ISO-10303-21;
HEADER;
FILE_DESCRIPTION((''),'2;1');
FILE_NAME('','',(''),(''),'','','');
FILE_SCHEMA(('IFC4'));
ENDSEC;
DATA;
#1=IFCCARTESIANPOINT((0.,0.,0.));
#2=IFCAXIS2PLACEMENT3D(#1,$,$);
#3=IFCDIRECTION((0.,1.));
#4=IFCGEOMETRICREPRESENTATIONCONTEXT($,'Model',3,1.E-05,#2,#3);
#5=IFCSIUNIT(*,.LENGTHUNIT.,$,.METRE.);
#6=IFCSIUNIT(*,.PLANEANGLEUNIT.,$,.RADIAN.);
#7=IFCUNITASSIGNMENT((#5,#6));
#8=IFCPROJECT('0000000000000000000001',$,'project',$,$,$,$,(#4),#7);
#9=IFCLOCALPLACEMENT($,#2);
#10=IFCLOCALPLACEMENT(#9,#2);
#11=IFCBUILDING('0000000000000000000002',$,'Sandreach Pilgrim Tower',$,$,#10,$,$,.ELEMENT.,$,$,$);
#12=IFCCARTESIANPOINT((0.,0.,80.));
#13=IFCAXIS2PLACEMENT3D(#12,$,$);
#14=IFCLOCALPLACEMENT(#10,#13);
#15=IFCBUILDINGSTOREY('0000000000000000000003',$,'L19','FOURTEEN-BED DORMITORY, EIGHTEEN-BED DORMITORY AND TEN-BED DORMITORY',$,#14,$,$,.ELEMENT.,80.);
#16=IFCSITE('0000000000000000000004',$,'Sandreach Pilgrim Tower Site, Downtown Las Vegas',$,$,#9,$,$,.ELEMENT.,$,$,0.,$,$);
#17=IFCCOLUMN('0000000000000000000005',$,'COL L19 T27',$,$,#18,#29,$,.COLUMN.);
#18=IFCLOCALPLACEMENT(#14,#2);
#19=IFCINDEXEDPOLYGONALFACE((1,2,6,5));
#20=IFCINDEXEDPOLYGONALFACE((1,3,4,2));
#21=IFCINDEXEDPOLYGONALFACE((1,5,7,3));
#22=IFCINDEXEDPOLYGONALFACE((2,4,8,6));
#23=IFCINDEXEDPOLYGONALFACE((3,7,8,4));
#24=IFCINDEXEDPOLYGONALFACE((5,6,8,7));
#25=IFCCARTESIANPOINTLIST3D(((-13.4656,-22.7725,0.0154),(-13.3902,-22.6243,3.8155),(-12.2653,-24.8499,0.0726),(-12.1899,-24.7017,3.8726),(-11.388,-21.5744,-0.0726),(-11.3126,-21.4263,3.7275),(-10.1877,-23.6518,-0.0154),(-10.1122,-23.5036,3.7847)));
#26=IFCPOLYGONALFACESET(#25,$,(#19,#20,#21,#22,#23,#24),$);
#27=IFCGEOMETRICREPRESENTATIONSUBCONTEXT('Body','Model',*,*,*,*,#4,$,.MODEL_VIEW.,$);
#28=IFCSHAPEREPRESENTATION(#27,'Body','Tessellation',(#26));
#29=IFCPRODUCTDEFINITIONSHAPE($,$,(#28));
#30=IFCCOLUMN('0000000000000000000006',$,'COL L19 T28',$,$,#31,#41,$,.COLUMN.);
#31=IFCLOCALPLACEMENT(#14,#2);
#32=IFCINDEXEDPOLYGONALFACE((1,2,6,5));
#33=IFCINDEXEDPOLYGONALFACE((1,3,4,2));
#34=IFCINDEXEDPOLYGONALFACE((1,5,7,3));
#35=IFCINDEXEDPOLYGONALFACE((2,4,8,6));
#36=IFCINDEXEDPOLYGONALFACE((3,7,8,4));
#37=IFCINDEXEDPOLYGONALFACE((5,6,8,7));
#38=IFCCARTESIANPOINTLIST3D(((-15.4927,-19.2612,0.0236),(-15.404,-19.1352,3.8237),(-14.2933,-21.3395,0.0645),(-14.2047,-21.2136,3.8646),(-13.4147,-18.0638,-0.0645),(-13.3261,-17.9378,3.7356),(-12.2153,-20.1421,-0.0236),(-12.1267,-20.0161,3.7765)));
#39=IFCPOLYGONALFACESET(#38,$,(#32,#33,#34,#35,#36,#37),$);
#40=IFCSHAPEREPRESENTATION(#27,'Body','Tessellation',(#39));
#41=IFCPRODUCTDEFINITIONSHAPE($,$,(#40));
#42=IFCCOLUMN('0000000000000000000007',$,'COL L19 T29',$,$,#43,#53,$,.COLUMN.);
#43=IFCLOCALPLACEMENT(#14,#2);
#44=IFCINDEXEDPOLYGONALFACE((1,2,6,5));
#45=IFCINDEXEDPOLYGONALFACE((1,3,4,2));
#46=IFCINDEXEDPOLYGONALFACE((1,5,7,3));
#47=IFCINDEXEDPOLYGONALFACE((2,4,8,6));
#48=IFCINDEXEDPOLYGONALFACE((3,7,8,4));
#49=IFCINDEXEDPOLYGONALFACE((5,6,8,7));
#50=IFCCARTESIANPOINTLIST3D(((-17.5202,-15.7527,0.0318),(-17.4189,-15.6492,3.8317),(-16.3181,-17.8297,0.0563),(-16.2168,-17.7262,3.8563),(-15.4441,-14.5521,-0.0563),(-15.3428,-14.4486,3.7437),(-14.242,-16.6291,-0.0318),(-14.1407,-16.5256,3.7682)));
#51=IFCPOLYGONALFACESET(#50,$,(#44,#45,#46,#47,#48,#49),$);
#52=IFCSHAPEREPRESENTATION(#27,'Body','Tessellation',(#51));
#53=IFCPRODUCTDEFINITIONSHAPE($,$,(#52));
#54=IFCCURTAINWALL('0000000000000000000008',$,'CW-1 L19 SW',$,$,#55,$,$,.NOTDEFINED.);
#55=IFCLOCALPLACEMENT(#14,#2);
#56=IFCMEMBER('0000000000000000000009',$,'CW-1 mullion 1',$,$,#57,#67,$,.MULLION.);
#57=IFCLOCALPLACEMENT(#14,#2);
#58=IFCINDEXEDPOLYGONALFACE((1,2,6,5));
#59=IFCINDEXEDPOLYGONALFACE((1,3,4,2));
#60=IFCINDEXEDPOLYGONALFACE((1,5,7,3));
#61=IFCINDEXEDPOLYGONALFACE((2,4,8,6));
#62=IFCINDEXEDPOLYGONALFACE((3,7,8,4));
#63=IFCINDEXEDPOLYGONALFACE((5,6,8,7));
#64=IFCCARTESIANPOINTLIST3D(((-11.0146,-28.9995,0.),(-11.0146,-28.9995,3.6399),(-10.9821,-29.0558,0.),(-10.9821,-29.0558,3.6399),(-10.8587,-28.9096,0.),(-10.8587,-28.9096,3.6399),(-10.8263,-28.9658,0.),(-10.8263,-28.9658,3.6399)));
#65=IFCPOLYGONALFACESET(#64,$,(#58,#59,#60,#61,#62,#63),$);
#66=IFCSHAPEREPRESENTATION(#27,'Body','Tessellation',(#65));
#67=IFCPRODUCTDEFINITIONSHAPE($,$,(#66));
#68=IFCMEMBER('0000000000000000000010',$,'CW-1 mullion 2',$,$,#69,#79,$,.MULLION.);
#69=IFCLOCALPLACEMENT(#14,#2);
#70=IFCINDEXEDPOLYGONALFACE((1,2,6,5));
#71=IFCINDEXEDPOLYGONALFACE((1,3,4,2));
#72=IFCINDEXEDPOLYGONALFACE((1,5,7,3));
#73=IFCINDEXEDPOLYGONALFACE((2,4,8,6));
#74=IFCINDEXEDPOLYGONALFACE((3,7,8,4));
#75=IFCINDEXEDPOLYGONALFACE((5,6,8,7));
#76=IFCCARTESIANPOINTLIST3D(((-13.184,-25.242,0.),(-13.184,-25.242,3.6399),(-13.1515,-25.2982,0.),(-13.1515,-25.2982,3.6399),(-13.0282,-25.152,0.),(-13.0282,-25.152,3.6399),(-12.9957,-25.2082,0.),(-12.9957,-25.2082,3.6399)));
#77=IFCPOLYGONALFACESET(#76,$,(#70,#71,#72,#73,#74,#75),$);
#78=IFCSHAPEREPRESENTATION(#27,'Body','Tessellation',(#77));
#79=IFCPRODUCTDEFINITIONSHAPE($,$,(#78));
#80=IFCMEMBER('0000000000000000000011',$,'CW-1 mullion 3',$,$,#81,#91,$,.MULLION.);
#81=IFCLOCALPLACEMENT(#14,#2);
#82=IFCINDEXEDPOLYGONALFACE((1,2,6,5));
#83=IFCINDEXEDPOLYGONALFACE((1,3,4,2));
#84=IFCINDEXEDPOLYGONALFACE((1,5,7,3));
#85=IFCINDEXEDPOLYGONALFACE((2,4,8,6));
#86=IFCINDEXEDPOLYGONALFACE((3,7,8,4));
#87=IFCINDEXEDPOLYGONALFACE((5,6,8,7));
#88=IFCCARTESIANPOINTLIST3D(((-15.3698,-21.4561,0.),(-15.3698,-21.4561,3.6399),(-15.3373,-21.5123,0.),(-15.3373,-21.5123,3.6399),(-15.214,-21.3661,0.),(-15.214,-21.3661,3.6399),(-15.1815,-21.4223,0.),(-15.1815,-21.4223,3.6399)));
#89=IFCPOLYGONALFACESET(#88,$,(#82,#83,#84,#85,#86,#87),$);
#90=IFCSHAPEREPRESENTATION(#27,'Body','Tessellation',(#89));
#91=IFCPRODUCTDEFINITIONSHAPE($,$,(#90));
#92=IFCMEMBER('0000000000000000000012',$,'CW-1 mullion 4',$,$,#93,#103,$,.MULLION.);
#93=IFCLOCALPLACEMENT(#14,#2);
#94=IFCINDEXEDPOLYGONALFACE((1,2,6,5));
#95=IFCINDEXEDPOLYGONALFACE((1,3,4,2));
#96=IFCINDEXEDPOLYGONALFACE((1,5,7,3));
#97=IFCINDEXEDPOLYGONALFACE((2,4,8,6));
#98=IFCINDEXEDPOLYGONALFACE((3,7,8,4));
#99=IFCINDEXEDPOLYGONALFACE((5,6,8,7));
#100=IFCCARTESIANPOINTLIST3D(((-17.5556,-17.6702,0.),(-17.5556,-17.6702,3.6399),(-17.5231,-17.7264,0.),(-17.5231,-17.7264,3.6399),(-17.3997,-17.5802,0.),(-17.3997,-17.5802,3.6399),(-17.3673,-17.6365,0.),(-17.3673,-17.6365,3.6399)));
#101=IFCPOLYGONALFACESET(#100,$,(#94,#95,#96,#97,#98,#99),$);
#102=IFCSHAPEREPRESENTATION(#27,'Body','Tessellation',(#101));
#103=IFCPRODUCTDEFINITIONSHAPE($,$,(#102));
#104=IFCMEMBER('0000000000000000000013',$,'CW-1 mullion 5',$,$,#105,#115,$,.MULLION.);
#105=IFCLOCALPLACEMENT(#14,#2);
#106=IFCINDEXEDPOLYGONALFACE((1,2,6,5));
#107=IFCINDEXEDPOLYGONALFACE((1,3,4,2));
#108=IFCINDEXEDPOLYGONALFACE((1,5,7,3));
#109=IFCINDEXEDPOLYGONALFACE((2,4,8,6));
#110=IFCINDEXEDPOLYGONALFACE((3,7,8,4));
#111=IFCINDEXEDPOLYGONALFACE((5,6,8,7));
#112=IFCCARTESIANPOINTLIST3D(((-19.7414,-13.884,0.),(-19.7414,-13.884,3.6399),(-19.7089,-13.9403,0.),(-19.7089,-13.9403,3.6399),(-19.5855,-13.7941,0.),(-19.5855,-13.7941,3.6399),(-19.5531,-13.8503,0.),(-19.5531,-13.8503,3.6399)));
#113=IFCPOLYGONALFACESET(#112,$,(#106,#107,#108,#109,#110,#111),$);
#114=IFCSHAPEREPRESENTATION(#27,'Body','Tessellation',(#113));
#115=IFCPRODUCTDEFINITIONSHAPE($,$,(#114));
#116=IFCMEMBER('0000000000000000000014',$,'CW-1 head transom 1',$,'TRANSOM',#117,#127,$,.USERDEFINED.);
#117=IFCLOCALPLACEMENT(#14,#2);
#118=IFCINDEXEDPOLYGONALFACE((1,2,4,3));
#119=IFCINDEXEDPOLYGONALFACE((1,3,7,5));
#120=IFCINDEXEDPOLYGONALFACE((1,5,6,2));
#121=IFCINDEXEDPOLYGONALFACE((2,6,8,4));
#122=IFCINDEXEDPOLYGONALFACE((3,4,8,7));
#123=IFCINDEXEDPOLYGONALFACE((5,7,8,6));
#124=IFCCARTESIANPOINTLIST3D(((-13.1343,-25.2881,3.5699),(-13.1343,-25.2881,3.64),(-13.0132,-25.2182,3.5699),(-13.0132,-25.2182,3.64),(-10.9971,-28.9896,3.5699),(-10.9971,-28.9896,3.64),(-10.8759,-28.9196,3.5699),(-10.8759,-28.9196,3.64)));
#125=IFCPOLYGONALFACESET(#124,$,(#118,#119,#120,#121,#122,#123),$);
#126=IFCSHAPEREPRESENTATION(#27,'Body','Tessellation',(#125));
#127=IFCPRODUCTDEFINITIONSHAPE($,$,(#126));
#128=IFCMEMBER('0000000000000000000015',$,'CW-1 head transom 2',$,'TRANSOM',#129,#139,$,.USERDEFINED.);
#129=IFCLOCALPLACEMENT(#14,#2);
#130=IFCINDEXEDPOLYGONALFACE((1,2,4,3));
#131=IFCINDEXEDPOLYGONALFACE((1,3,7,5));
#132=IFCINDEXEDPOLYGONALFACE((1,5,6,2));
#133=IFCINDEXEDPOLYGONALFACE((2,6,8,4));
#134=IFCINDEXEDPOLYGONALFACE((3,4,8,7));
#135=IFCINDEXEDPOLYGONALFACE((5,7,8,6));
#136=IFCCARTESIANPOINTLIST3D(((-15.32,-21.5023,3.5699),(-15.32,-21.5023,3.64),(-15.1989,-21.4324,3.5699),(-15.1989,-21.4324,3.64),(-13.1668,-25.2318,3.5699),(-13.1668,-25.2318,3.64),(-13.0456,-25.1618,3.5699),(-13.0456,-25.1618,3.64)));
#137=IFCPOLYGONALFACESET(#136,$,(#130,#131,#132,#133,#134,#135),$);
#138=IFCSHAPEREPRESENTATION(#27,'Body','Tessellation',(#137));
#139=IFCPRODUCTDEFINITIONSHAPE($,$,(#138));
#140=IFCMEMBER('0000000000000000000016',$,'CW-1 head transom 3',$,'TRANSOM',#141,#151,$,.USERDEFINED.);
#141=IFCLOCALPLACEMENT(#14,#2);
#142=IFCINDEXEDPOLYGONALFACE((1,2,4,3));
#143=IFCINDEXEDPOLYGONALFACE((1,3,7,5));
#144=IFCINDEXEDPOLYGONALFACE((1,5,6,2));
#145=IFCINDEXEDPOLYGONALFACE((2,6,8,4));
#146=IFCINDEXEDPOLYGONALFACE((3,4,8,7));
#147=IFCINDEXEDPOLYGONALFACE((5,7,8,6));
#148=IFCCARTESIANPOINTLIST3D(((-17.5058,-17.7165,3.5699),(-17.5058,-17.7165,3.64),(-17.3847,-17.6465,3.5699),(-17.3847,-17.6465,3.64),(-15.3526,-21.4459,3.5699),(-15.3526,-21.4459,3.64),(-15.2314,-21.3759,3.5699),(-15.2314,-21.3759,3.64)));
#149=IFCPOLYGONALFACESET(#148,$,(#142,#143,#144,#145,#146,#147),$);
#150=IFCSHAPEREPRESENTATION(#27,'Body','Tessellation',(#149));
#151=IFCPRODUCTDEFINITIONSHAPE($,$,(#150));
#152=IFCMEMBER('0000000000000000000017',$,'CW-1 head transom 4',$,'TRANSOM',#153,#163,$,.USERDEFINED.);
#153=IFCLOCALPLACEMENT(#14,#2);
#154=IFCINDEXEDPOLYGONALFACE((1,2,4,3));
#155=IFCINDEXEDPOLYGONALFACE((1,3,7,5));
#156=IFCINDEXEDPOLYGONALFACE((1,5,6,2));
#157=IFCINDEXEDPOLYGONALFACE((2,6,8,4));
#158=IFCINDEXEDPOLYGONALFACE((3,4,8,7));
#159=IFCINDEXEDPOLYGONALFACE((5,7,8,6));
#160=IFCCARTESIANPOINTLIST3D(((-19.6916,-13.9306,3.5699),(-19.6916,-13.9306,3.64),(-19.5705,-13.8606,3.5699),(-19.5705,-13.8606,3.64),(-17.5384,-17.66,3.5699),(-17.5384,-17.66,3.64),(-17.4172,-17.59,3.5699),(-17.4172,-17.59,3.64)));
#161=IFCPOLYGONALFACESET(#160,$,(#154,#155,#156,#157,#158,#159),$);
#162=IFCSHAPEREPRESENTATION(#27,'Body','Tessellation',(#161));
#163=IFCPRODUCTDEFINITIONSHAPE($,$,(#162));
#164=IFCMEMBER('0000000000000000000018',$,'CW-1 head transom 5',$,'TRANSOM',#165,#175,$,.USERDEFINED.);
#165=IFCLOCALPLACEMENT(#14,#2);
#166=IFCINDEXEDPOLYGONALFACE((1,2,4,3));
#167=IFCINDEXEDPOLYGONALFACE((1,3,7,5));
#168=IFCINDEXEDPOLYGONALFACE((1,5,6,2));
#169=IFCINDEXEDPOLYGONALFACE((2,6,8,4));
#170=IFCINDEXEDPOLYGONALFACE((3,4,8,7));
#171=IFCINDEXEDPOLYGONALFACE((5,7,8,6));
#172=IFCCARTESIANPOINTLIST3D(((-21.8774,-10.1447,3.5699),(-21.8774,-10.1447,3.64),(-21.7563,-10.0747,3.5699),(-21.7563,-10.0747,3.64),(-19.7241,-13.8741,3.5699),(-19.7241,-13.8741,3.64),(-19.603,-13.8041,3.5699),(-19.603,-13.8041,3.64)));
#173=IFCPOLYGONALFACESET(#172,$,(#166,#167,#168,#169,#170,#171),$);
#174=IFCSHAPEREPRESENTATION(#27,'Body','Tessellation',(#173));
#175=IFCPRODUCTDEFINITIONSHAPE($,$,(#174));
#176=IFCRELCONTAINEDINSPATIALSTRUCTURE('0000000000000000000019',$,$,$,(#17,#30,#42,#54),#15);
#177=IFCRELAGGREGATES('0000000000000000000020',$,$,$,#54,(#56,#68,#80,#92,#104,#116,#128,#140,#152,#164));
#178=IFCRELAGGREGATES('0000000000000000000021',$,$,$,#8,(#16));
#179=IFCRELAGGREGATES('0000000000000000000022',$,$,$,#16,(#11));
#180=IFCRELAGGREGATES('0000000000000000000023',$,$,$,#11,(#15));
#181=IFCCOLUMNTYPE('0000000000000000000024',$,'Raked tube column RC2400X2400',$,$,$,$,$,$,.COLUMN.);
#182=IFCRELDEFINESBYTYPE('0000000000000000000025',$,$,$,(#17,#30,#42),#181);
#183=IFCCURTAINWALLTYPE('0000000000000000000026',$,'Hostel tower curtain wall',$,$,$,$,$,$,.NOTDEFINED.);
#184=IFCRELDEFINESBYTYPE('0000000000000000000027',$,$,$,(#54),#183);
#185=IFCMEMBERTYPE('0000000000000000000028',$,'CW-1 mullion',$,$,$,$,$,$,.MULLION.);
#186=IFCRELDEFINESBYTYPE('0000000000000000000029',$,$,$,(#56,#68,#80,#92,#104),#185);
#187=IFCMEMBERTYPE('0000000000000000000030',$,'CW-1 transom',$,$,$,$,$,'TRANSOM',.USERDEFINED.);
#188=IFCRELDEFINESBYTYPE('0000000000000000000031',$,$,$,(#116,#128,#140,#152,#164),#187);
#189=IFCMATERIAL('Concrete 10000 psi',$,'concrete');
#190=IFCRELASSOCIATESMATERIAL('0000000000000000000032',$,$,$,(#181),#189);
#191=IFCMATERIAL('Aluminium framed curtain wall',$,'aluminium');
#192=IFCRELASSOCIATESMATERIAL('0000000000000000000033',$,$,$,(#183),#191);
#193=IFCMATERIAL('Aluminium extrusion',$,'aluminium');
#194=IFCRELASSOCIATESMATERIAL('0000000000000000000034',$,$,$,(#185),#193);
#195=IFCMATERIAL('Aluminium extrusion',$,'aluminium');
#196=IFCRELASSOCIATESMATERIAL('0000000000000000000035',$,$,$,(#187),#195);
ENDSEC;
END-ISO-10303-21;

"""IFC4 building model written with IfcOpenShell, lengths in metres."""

from ifc_helpers import new_model, si_unit, direction, frame, origin, origin_2d, place, context, subcontext, project, spatial, rectangle, extrude, material, material_profile, profile_set, type_object, element, aggregate, save


model = new_model("IFC4")

# Units and contexts
model_context = context("Model", 3, precision=1e-05, world=origin(), true_north=direction((0.0, 1.0)))
body_context = subcontext(model_context, "Body", "Model", "MODEL_VIEW")
ifc_project = project(units=[si_unit("LENGTHUNIT", "METRE"), si_unit("PLANEANGLEUNIT", "RADIAN")], contexts=[model_context])

# Site, building, storey
site_placement = place(None, origin())
site = spatial("IfcSite", under=ifc_project, at=site_placement, Name="Sandreach Pilgrim Tower Site, Downtown Las Vegas", CompositionType="ELEMENT", RefElevation=0.0)
building_placement = place(site_placement, origin())
building = spatial("IfcBuilding", under=site, at=building_placement, Name="Sandreach Pilgrim Tower", CompositionType="ELEMENT")
storey_placement = place(building_placement, frame((0.0, 0.0, 80.0)))
storey = spatial("IfcBuildingStorey", under=building, at=storey_placement, Name="L19", Description="FOURTEEN-BED DORMITORY, EIGHTEEN-BED DORMITORY AND TEN-BED DORMITORY", CompositionType="ELEMENT", Elevation=80.0)

# Columns
ifc_material_1 = material(Name="Concrete 10000 psi", Category="concrete")
ifc_material_profile_1 = material_profile(ifc_material_1, rectangle(XDim=2.3999, YDim=2.3999, at=origin_2d()), Name="RC2400X2400")
ifc_profile_set_1 = profile_set([ifc_material_profile_1], Name="Concrete 10000 psi")
column_type = type_object("IfcColumnType", Name="Raked tube column RC2400X2400", PredefinedType="COLUMN", material=ifc_profile_set_1)
column_1_placement = place(storey_placement, frame((-11.8267, -23.2122, 0.0), z_axis=(0.019833, 0.03896, 0.999044), x_axis=(-0.865704, -0.499212, 0.036654)))
element("IfcColumn", 1, at=column_1_placement, inside=storey, type_object=column_type, Name="COL L19 T27", PredefinedType="COLUMN", context=body_context, shape_type="SweptSolid", body=[
    extrude(rectangle(XDim=2.3999, YDim=2.3999, at=origin_2d()), origin(), (0.0, 0.0, 1.0), 3.8037),
])
column_2_placement = place(storey_placement, frame((-13.854, -19.7017, 0.0), z_axis=(0.023302, 0.033124, 0.99918), x_axis=(-0.865854, -0.498947, 0.036734)))
element("IfcColumn", 2, at=column_2_placement, inside=storey, type_object=column_type, Name="COL L19 T28", PredefinedType="COLUMN", context=body_context, shape_type="SweptSolid", body=[
    extrude(rectangle(XDim=2.3999, YDim=2.3999, at=origin_2d()), origin(), (0.0, 0.0, 1.0), 3.8032),
])
column_3_placement = place(storey_placement, frame((-15.8811, -16.1909, 0.0), z_axis=(0.026643, 0.027221, 0.999274), x_axis=(-0.865095, -0.500264, 0.036693)))
element("IfcColumn", 3, at=column_3_placement, inside=storey, type_object=column_type, Name="COL L19 T29", PredefinedType="COLUMN", context=body_context, shape_type="SweptSolid", body=[
    extrude(rectangle(XDim=2.3999, YDim=2.3999, at=origin_2d()), origin(), (0.0, 0.0, 1.0), 3.8027),
])

# Curtain wall, members
ifc_material_2 = material(Name="Aluminium framed curtain wall", Category="aluminium")
curtain_wall_type = type_object("IfcCurtainWallType", Name="Hostel tower curtain wall", PredefinedType="NOTDEFINED", material=ifc_material_2)
curtain_wall_placement = place(storey_placement, origin())
curtain_wall = element("IfcCurtainWall", 4, at=curtain_wall_placement, inside=storey, type_object=curtain_wall_type, Name="CW-1 L19 SW", PredefinedType="NOTDEFINED")
ifc_material_3 = material(Name="Aluminium extrusion", Category="aluminium")
ifc_material_profile_2 = material_profile(ifc_material_3, rectangle(XDim=0.0649, YDim=0.1799, at=origin_2d()), Name="CW-1M 65X180")
ifc_profile_set_2 = profile_set([ifc_material_profile_2], Name="Aluminium extrusion")
member_type_1 = type_object("IfcMemberType", Name="CW-1 mullion", PredefinedType="MULLION", material=ifc_profile_set_2)
member_1_placement = place(storey_placement, frame((-10.9204, -28.9827, 0.0), z_axis=(0.0, 0.0, 1.0), x_axis=(-0.5, 0.866025, 0.0)))
member_1 = element("IfcMember", 5, at=member_1_placement, type_object=member_type_1, Name="CW-1 mullion 1", PredefinedType="MULLION", context=body_context, shape_type="SweptSolid", body=[
    extrude(rectangle(XDim=0.0649, YDim=0.1799, at=origin_2d()), origin(), (0.0, 0.0, 1.0), 3.6399),
])
member_2_placement = place(storey_placement, frame((-13.0898, -25.2251, 0.0), z_axis=(0.0, 0.0, 1.0), x_axis=(-0.5, 0.866025, 0.0)))
member_2 = element("IfcMember", 6, at=member_2_placement, type_object=member_type_1, Name="CW-1 mullion 2", PredefinedType="MULLION", context=body_context, shape_type="SweptSolid", body=[
    extrude(rectangle(XDim=0.0649, YDim=0.1799, at=origin_2d()), origin(), (0.0, 0.0, 1.0), 3.6399),
])
member_3_placement = place(storey_placement, frame((-15.2756, -21.4392, 0.0), z_axis=(0.0, 0.0, 1.0), x_axis=(-0.5, 0.866025, 0.0)))
member_3 = element("IfcMember", 7, at=member_3_placement, type_object=member_type_1, Name="CW-1 mullion 3", PredefinedType="MULLION", context=body_context, shape_type="SweptSolid", body=[
    extrude(rectangle(XDim=0.0649, YDim=0.1799, at=origin_2d()), origin(), (0.0, 0.0, 1.0), 3.6399),
])
member_4_placement = place(storey_placement, frame((-17.4614, -17.6533, 0.0), z_axis=(0.0, 0.0, 1.0), x_axis=(-0.5, 0.866025, 0.0)))
member_4 = element("IfcMember", 8, at=member_4_placement, type_object=member_type_1, Name="CW-1 mullion 4", PredefinedType="MULLION", context=body_context, shape_type="SweptSolid", body=[
    extrude(rectangle(XDim=0.0649, YDim=0.1799, at=origin_2d()), origin(), (0.0, 0.0, 1.0), 3.6399),
])
member_5_placement = place(storey_placement, frame((-19.6472, -13.8672, 0.0), z_axis=(0.0, 0.0, 1.0), x_axis=(-0.5, 0.866025, 0.0)))
member_5 = element("IfcMember", 9, at=member_5_placement, type_object=member_type_1, Name="CW-1 mullion 5", PredefinedType="MULLION", context=body_context, shape_type="SweptSolid", body=[
    extrude(rectangle(XDim=0.0649, YDim=0.1799, at=origin_2d()), origin(), (0.0, 0.0, 1.0), 3.6399),
])
ifc_material_4 = material(Name="Aluminium extrusion", Category="aluminium")
ifc_material_profile_3 = material_profile(ifc_material_4, rectangle(XDim=0.1399, YDim=0.0701, at=origin_2d()), Name="CW-1T 140X70")
ifc_profile_set_3 = profile_set([ifc_material_profile_3], Name="Aluminium extrusion")
member_type_2 = type_object("IfcMemberType", Name="CW-1 transom", ElementType="TRANSOM", PredefinedType="USERDEFINED", material=ifc_profile_set_3)
member_6_placement = place(storey_placement, frame((-10.9365, -28.9546, 3.605), z_axis=(-0.500034, 0.866006, 0.0), x_axis=(-0.866006, -0.500034, 0.0)))
member_6 = element("IfcMember", 10, at=member_6_placement, type_object=member_type_2, Name="CW-1 head transom 1", ObjectType="TRANSOM", PredefinedType="USERDEFINED", context=body_context, shape_type="SweptSolid", body=[
    extrude(rectangle(XDim=0.1399, YDim=0.0701, at=origin_2d()), origin(), (0.0, 0.0, 1.0), 4.2742),
])
member_7_placement = place(storey_placement, frame((-13.1062, -25.1968, 3.605), z_axis=(-0.500017, 0.866016, 0.0), x_axis=(-0.866016, -0.500017, 0.0)))
member_7 = element("IfcMember", 11, at=member_7_placement, type_object=member_type_2, Name="CW-1 head transom 2", ObjectType="TRANSOM", PredefinedType="USERDEFINED", context=body_context, shape_type="SweptSolid", body=[
    extrude(rectangle(XDim=0.1399, YDim=0.0701, at=origin_2d()), origin(), (0.0, 0.0, 1.0), 4.3064),
])
member_8_placement = place(storey_placement, frame((-15.292, -21.4109, 3.605), z_axis=(-0.500017, 0.866016, 0.0), x_axis=(-0.866016, -0.500017, 0.0)))
member_8 = element("IfcMember", 12, at=member_8_placement, type_object=member_type_2, Name="CW-1 head transom 3", ObjectType="TRANSOM", PredefinedType="USERDEFINED", context=body_context, shape_type="SweptSolid", body=[
    extrude(rectangle(XDim=0.1399, YDim=0.0701, at=origin_2d()), origin(), (0.0, 0.0, 1.0), 4.3064),
])
member_9_placement = place(storey_placement, frame((-17.4778, -17.625, 3.605), z_axis=(-0.500017, 0.866016, 0.0), x_axis=(-0.866016, -0.500017, 0.0)))
member_9 = element("IfcMember", 13, at=member_9_placement, type_object=member_type_2, Name="CW-1 head transom 4", ObjectType="TRANSOM", PredefinedType="USERDEFINED", context=body_context, shape_type="SweptSolid", body=[
    extrude(rectangle(XDim=0.1399, YDim=0.0701, at=origin_2d()), origin(), (0.0, 0.0, 1.0), 4.3064),
])
member_10_placement = place(storey_placement, frame((-19.6636, -13.8391, 3.605), z_axis=(-0.500017, 0.866016, 0.0), x_axis=(-0.866016, -0.500017, 0.0)))
member_10 = element("IfcMember", 14, at=member_10_placement, type_object=member_type_2, Name="CW-1 head transom 5", ObjectType="TRANSOM", PredefinedType="USERDEFINED", context=body_context, shape_type="SweptSolid", body=[
    extrude(rectangle(XDim=0.1399, YDim=0.0701, at=origin_2d()), origin(), (0.0, 0.0, 1.0), 4.3064),
])

aggregate(curtain_wall, [member_1, member_2, member_3, member_4, member_5, member_6, member_7, member_8, member_9, member_10])

save(model, "model.ifc")
